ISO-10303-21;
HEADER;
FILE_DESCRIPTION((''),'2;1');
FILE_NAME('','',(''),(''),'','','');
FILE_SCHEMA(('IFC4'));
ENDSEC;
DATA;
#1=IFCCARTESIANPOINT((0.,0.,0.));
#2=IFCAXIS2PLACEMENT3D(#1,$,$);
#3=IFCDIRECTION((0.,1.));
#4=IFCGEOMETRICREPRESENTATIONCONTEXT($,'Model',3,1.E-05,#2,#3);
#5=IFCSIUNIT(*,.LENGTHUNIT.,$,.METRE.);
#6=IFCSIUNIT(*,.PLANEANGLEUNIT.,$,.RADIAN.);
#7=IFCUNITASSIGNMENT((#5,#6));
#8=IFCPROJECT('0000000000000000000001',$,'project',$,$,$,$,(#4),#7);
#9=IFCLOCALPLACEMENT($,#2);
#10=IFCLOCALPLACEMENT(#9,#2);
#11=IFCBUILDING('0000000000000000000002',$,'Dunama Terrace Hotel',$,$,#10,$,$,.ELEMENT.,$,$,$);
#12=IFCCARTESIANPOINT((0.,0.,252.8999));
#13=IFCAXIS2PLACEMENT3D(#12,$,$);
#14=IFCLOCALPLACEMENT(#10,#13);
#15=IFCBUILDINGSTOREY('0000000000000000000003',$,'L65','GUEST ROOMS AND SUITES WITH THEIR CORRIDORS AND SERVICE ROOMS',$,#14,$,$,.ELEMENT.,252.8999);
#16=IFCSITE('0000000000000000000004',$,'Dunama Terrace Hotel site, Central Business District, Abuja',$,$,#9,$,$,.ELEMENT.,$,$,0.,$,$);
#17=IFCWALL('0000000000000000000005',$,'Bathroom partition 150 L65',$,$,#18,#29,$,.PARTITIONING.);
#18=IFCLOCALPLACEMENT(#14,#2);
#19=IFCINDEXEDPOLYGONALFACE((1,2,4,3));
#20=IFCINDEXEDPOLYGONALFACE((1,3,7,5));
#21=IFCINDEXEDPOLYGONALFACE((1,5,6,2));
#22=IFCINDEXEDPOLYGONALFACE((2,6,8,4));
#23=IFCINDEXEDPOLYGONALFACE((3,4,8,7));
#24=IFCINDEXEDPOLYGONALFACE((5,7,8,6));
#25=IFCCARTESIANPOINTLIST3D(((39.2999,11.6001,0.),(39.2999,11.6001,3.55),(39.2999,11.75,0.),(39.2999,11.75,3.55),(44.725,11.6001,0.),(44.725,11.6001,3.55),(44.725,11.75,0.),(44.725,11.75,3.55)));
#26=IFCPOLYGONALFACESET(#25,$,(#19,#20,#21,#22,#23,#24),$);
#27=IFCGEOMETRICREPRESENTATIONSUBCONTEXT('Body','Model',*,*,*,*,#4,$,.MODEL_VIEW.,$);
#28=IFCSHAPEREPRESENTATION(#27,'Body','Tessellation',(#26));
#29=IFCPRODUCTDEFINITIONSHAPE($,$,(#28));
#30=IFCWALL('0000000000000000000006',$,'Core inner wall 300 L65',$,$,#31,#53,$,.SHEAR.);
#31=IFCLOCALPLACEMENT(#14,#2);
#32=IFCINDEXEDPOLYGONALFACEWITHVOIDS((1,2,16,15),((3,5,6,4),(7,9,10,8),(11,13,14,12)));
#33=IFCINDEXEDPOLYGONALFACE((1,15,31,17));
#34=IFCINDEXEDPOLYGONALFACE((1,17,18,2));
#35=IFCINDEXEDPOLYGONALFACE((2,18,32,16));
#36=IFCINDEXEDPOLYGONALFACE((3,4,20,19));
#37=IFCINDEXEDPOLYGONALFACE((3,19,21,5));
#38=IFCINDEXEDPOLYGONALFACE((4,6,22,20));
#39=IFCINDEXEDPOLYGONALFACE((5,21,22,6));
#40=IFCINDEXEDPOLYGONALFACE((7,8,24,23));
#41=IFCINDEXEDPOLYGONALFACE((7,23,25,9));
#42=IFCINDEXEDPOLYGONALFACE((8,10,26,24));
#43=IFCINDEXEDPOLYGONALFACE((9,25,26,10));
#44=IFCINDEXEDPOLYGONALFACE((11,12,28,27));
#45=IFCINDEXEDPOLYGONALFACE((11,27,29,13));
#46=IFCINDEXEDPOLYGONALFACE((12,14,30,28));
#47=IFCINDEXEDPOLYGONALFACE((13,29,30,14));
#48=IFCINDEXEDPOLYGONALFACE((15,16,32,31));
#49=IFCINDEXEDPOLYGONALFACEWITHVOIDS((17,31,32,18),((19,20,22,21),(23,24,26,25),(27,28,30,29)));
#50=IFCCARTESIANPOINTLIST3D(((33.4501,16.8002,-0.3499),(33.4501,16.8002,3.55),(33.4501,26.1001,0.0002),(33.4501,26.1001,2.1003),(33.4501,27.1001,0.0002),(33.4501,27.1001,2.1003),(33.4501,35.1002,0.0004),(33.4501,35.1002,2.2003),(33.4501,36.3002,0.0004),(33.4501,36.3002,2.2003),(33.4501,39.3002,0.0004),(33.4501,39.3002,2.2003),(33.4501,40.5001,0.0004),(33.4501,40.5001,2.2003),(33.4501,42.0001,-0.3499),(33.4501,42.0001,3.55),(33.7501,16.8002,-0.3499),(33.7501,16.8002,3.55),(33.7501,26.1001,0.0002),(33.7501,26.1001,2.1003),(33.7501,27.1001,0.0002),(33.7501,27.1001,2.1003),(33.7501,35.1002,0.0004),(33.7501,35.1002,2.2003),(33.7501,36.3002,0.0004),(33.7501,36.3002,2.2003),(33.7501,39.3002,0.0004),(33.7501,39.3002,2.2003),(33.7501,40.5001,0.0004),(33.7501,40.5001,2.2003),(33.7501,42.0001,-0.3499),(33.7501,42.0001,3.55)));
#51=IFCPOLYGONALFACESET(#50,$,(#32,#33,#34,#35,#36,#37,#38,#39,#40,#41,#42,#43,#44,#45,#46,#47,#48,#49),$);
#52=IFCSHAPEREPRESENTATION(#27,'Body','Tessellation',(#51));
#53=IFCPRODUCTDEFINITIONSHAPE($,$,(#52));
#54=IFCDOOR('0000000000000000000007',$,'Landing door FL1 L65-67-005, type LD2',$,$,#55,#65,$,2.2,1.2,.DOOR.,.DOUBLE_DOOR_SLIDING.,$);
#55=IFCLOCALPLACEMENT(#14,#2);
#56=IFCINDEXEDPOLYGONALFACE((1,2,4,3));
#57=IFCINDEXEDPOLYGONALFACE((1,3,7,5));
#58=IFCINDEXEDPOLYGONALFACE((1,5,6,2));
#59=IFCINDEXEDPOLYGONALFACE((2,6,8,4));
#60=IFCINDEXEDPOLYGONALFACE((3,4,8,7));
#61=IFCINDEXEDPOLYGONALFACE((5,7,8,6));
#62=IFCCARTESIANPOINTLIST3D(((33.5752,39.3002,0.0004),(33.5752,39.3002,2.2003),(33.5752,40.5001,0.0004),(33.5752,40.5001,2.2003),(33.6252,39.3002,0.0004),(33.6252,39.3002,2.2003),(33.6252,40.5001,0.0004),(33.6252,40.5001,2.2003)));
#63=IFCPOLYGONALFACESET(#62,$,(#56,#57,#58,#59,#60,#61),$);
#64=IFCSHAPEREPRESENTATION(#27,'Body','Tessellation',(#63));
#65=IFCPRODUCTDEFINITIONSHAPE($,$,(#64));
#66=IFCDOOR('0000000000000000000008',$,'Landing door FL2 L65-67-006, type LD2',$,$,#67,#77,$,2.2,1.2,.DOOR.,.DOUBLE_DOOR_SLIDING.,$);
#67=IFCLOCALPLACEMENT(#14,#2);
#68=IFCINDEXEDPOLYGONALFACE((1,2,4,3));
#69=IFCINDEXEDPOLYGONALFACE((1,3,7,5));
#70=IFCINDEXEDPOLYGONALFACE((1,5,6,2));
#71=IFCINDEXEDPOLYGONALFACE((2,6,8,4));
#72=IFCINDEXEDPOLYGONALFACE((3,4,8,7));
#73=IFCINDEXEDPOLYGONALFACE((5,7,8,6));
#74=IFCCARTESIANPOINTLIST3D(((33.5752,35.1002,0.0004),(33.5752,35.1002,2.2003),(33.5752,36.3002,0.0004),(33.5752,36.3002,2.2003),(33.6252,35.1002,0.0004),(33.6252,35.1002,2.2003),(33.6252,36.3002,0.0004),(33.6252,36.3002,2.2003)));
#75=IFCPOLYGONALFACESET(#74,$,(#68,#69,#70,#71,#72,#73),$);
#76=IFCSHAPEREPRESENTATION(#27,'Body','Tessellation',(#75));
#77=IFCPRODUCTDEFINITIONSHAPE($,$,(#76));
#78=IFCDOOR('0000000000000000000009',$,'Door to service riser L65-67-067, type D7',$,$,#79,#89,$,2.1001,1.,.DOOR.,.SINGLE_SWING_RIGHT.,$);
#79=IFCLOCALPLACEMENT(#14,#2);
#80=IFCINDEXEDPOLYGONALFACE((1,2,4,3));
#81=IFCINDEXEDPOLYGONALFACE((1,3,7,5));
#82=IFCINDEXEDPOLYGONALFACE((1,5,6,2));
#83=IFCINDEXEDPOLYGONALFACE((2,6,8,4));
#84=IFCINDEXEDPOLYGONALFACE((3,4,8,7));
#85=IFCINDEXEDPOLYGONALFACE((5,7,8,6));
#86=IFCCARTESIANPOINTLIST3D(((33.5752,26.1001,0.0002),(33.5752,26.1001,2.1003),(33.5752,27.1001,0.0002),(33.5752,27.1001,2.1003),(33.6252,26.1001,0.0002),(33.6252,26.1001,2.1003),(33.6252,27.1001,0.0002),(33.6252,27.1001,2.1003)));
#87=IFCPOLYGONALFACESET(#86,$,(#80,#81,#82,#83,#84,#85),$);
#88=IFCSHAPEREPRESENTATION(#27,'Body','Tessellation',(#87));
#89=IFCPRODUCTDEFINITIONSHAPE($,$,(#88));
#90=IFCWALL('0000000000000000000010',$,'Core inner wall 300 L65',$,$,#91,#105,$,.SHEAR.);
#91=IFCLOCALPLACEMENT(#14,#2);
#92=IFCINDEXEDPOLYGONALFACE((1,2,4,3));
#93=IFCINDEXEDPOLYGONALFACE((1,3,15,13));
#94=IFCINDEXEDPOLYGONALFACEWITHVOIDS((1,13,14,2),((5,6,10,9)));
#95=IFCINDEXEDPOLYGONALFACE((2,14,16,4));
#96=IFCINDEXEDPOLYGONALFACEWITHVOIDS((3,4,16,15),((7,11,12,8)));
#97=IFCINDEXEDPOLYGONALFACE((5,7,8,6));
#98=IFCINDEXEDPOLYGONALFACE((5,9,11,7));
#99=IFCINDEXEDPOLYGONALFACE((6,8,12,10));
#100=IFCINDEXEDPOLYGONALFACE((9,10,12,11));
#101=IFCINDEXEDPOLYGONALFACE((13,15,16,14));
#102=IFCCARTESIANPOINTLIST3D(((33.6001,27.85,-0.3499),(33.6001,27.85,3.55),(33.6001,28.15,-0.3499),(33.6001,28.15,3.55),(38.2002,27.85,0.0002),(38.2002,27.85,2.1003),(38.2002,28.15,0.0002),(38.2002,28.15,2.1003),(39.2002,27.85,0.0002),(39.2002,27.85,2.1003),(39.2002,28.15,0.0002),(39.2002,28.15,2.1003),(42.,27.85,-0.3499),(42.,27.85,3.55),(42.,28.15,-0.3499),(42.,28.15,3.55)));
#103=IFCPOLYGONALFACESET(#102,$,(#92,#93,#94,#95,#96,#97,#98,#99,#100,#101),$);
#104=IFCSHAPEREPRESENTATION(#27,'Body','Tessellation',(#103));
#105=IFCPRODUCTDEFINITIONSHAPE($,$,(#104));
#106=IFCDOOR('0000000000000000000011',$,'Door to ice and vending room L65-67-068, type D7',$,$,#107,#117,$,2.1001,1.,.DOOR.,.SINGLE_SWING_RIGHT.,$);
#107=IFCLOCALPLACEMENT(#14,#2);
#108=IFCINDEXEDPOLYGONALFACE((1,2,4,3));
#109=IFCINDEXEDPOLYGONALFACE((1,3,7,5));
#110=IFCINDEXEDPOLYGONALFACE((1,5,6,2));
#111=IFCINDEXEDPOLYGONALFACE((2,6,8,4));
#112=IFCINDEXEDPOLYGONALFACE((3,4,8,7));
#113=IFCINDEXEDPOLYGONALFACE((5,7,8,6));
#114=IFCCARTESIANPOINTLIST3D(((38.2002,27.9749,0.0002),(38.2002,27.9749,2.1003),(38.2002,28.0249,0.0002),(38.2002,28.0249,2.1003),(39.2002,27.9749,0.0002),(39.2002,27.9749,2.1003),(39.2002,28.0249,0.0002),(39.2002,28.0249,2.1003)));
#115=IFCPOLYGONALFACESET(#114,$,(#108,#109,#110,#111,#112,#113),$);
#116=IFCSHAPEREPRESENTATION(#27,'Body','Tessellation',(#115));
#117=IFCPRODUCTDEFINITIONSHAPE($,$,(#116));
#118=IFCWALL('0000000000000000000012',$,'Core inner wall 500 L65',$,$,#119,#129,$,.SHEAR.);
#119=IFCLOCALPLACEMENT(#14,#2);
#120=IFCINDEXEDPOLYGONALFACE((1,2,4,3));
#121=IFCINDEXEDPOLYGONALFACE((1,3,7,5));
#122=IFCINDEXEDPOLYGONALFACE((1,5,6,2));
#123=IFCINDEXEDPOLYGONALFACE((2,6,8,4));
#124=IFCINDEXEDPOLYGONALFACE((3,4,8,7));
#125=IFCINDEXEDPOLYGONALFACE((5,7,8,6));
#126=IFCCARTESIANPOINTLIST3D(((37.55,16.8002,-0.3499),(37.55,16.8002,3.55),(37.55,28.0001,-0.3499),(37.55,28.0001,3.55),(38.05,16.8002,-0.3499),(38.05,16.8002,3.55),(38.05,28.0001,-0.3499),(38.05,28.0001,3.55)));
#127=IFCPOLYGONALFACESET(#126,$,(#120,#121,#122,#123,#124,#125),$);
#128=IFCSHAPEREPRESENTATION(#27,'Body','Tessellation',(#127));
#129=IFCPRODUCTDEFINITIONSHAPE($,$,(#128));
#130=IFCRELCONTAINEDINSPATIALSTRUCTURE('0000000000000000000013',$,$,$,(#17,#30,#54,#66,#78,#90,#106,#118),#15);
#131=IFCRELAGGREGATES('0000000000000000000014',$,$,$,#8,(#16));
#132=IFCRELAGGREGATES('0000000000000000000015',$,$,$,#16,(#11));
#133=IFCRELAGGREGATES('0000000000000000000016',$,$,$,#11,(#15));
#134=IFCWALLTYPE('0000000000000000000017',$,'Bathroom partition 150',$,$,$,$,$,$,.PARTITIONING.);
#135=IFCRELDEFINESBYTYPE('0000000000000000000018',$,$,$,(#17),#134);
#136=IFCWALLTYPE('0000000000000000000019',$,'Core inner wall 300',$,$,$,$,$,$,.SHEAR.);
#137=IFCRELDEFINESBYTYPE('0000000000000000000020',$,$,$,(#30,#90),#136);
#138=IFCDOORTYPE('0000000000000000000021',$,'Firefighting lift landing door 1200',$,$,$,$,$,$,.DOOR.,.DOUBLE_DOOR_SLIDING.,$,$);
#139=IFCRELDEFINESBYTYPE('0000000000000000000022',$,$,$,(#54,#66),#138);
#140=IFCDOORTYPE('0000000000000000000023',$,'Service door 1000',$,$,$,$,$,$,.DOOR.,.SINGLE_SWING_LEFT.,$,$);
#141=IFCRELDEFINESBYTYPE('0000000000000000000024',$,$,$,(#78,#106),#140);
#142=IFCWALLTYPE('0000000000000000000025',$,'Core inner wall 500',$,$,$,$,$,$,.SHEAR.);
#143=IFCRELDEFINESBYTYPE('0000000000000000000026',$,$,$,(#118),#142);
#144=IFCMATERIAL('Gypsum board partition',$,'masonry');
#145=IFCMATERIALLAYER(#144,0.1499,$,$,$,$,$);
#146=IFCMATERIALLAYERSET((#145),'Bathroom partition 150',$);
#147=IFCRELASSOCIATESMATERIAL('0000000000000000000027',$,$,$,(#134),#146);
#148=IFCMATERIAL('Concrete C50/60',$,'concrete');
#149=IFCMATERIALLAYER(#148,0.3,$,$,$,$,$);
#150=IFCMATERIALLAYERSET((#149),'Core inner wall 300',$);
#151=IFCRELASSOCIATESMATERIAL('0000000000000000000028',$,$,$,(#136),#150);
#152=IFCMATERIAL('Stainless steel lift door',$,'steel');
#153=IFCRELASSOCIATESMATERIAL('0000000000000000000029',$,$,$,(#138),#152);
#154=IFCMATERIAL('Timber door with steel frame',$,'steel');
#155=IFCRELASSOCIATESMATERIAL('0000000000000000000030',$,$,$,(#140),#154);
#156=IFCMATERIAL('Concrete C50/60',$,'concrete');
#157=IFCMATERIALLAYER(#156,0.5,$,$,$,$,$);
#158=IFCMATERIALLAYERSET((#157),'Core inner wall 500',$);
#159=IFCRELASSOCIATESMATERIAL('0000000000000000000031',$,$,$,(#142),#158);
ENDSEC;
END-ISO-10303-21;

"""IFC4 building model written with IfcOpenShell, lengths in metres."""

from ifc_helpers import new_model, si_unit, direction, frame, frame_2d, origin, place, context, subcontext, project, spatial, rectangle, extrude, material, layer, layer_set, type_object, element, fill, save


model = new_model("IFC4")

# Units and contexts
model_context = context("Model", 3, precision=1e-05, world=origin(), true_north=direction((0.0, 1.0)))
body_context = subcontext(model_context, "Body", "Model", "MODEL_VIEW")
ifc_project = project(units=[si_unit("LENGTHUNIT", "METRE"), si_unit("PLANEANGLEUNIT", "RADIAN")], contexts=[model_context])

# Site, building, storey
site_placement = place(None, origin())
site = spatial("IfcSite", under=ifc_project, at=site_placement, Name="Dunama Terrace Hotel site, Central Business District, Abuja", CompositionType="ELEMENT", RefElevation=0.0)
building_placement = place(site_placement, origin())
building = spatial("IfcBuilding", under=site, at=building_placement, Name="Dunama Terrace Hotel", CompositionType="ELEMENT")
storey_placement = place(building_placement, frame((0.0, 0.0, 252.8999)))
storey = spatial("IfcBuildingStorey", under=building, at=storey_placement, Name="L65", Description="GUEST ROOMS AND SUITES WITH THEIR CORRIDORS AND SERVICE ROOMS", CompositionType="ELEMENT", Elevation=252.8999)

# Wall
ifc_material_1 = material(Name="Gypsum board partition", Category="masonry")
ifc_layer_1 = layer(ifc_material_1, 0.1499)
ifc_layer_set_1 = layer_set([ifc_layer_1], Name="Bathroom partition 150")
wall_type_1 = type_object("IfcWallType", Name="Bathroom partition 150", PredefinedType="PARTITIONING", material=ifc_layer_set_1)
wall_1_placement = place(storey_placement, frame((39.3, 11.675, 0.0), z_axis=(0.0, 0.0, 1.0), x_axis=(1.0, 0.0, 0.0)))
element("IfcWall", 1, at=wall_1_placement, inside=storey, type_object=wall_type_1, Name="Bathroom partition 150 L65", PredefinedType="PARTITIONING", context=body_context, shape_type="SweptSolid", body=[
    extrude(rectangle(XDim=5.425, YDim=0.1499, at=frame_2d((2.7124, 0.0))), origin(), (0.0, 0.0, 1.0), 3.55),
])

# Wall, openings, doors
ifc_material_2 = material(Name="Concrete C50/60", Category="concrete")
ifc_layer_2 = layer(ifc_material_2, 0.3)
ifc_layer_set_2 = layer_set([ifc_layer_2], Name="Core inner wall 300")
wall_type_2 = type_object("IfcWallType", Name="Core inner wall 300", PredefinedType="SHEAR", material=ifc_layer_set_2)
wall_2_placement = place(storey_placement, frame((33.6001, 16.8, -0.3499), z_axis=(0.0, 0.0, 1.0), x_axis=(0.0, 1.0, 0.0)))
wall_2 = element("IfcWall", 2, at=wall_2_placement, inside=storey, type_object=wall_type_2, Name="Core inner wall 300 L65", PredefinedType="SHEAR", context=body_context, shape_type="SweptSolid", body=[
    extrude(rectangle(XDim=25.2, YDim=0.3, at=frame_2d((12.6001, 0.0))), origin(), (0.0, 0.0, 1.0), 3.8999),
])
opening_1_placement = place(wall_2_placement, frame((22.5, 0.0, 0.3501)))
opening_1 = element("IfcOpeningElement", 3, at=opening_1_placement, cuts=wall_2, PredefinedType="OPENING", context=body_context, shape_type="SweptSolid", body=[
    extrude(rectangle(XDim=1.2, YDim=2.2, at=frame_2d((0.6001, 1.1001))), frame((0.0, 0.1599, 0.0), z_axis=(0.0, -1.0, 0.0), x_axis=(1.0, 0.0, 0.0)), (0.0, 0.0, 1.0), 0.3201),
])
opening_2_placement = place(wall_2_placement, frame((18.3, 0.0, 0.3501)))
opening_2 = element("IfcOpeningElement", 4, at=opening_2_placement, cuts=wall_2, PredefinedType="OPENING", context=body_context, shape_type="SweptSolid", body=[
    extrude(rectangle(XDim=1.2, YDim=2.2, at=frame_2d((0.6001, 1.1001))), frame((0.0, 0.1599, 0.0), z_axis=(0.0, -1.0, 0.0), x_axis=(1.0, 0.0, 0.0)), (0.0, 0.0, 1.0), 0.3201),
])
opening_3_placement = place(wall_2_placement, frame((9.3, 0.0, 0.3501)))
opening_3 = element("IfcOpeningElement", 5, at=opening_3_placement, cuts=wall_2, PredefinedType="OPENING", context=body_context, shape_type="SweptSolid", body=[
    extrude(rectangle(XDim=1.0, YDim=2.1001, at=frame_2d((0.5, 1.05))), frame((0.0, 0.1599, 0.0), z_axis=(0.0, -1.0, 0.0), x_axis=(1.0, 0.0, 0.0)), (0.0, 0.0, 1.0), 0.3201),
])
ifc_material_3 = material(Name="Stainless steel lift door", Category="steel")
door_type_1 = type_object("IfcDoorType", Name="Firefighting lift landing door 1200", OperationType="DOUBLE_DOOR_SLIDING", PredefinedType="DOOR", material=ifc_material_3)
door_1_placement = place(opening_1_placement, origin())
door_1 = element("IfcDoor", 6, at=door_1_placement, inside=storey, type_object=door_type_1, Name="Landing door FL1 L65-67-005, type LD2", OperationType="DOUBLE_DOOR_SLIDING", OverallHeight=2.2, OverallWidth=1.2, PredefinedType="DOOR", context=body_context, shape_type="SweptSolid", body=[
    extrude(rectangle(XDim=1.2, YDim=2.2, at=frame_2d((0.6001, 1.1001))), frame((0.0, 0.0249, 0.0), z_axis=(0.0, -1.0, 0.0), x_axis=(1.0, 0.0, 0.0)), (0.0, 0.0, 1.0), 0.05),
])
fill(opening_1, door_1)
door_2_placement = place(opening_2_placement, origin())
door_2 = element("IfcDoor", 7, at=door_2_placement, inside=storey, type_object=door_type_1, Name="Landing door FL2 L65-67-006, type LD2", OperationType="DOUBLE_DOOR_SLIDING", OverallHeight=2.2, OverallWidth=1.2, PredefinedType="DOOR", context=body_context, shape_type="SweptSolid", body=[
    extrude(rectangle(XDim=1.2, YDim=2.2, at=frame_2d((0.6001, 1.1001))), frame((0.0, 0.0249, 0.0), z_axis=(0.0, -1.0, 0.0), x_axis=(1.0, 0.0, 0.0)), (0.0, 0.0, 1.0), 0.05),
])
fill(opening_2, door_2)
ifc_material_4 = material(Name="Timber door with steel frame", Category="steel")
door_type_2 = type_object("IfcDoorType", Name="Service door 1000", OperationType="SINGLE_SWING_LEFT", PredefinedType="DOOR", material=ifc_material_4)
door_3_placement = place(opening_3_placement, frame((1.0, 0.0, 0.0), z_axis=(0.0, 0.0, 1.0), x_axis=(-1.0, 0.0, 0.0)))
door_3 = element("IfcDoor", 8, at=door_3_placement, inside=storey, type_object=door_type_2, Name="Door to service riser L65-67-067, type D7", OperationType="SINGLE_SWING_RIGHT", OverallHeight=2.1001, OverallWidth=1.0, PredefinedType="DOOR", context=body_context, shape_type="SweptSolid", body=[
    extrude(rectangle(XDim=1.0, YDim=2.1001, at=frame_2d((0.5, 1.05))), frame((0.0, 0.0251, 0.0), z_axis=(0.0, -1.0, 0.0), x_axis=(1.0, 0.0, 0.0)), (0.0, 0.0, 1.0), 0.05),
])
fill(opening_3, door_3)

# Wall, opening, door
wall_3_placement = place(storey_placement, frame((33.6001, 28.0, -0.3499), z_axis=(0.0, 0.0, 1.0), x_axis=(1.0, 0.0, 0.0)))
wall_3 = element("IfcWall", 9, at=wall_3_placement, inside=storey, type_object=wall_type_2, Name="Core inner wall 300 L65", PredefinedType="SHEAR", context=body_context, shape_type="SweptSolid", body=[
    extrude(rectangle(XDim=8.3999, YDim=0.3, at=frame_2d((4.2, 0.0))), origin(), (0.0, 0.0, 1.0), 3.8999),
])
opening_4_placement = place(wall_3_placement, frame((4.6001, 0.0, 0.3501)))
opening_4 = element("IfcOpeningElement", 10, at=opening_4_placement, cuts=wall_3, PredefinedType="OPENING", context=body_context, shape_type="SweptSolid", body=[
    extrude(rectangle(XDim=1.0, YDim=2.1001, at=frame_2d((0.5, 1.05))), frame((0.0, 0.1599, 0.0), z_axis=(0.0, -1.0, 0.0), x_axis=(1.0, 0.0, 0.0)), (0.0, 0.0, 1.0), 0.3201),
])
door_4_placement = place(opening_4_placement, frame((1.0, 0.0, 0.0), z_axis=(0.0, 0.0, 1.0), x_axis=(-1.0, 0.0, 0.0)))
door_4 = element("IfcDoor", 11, at=door_4_placement, inside=storey, type_object=door_type_2, Name="Door to ice and vending room L65-67-068, type D7", OperationType="SINGLE_SWING_RIGHT", OverallHeight=2.1001, OverallWidth=1.0, PredefinedType="DOOR", context=body_context, shape_type="SweptSolid", body=[
    extrude(rectangle(XDim=1.0, YDim=2.1001, at=frame_2d((0.5, 1.05))), frame((0.0, 0.0251, 0.0), z_axis=(0.0, -1.0, 0.0), x_axis=(1.0, 0.0, 0.0)), (0.0, 0.0, 1.0), 0.05),
])
fill(opening_4, door_4)

# Wall
ifc_material_5 = material(Name="Concrete C50/60", Category="concrete")
ifc_layer_3 = layer(ifc_material_5, 0.5)
ifc_layer_set_3 = layer_set([ifc_layer_3], Name="Core inner wall 500")
wall_type_3 = type_object("IfcWallType", Name="Core inner wall 500", PredefinedType="SHEAR", material=ifc_layer_set_3)
wall_4_placement = place(storey_placement, frame((37.8, 16.8, -0.3499), z_axis=(0.0, 0.0, 1.0), x_axis=(0.0, 1.0, 0.0)))
element("IfcWall", 12, at=wall_4_placement, inside=storey, type_object=wall_type_3, Name="Core inner wall 500 L65", PredefinedType="SHEAR", context=body_context, shape_type="SweptSolid", body=[
    extrude(rectangle(XDim=11.2, YDim=0.5, at=frame_2d((5.6001, 0.0))), origin(), (0.0, 0.0, 1.0), 3.8999),
])

save(model, "model.ifc")
